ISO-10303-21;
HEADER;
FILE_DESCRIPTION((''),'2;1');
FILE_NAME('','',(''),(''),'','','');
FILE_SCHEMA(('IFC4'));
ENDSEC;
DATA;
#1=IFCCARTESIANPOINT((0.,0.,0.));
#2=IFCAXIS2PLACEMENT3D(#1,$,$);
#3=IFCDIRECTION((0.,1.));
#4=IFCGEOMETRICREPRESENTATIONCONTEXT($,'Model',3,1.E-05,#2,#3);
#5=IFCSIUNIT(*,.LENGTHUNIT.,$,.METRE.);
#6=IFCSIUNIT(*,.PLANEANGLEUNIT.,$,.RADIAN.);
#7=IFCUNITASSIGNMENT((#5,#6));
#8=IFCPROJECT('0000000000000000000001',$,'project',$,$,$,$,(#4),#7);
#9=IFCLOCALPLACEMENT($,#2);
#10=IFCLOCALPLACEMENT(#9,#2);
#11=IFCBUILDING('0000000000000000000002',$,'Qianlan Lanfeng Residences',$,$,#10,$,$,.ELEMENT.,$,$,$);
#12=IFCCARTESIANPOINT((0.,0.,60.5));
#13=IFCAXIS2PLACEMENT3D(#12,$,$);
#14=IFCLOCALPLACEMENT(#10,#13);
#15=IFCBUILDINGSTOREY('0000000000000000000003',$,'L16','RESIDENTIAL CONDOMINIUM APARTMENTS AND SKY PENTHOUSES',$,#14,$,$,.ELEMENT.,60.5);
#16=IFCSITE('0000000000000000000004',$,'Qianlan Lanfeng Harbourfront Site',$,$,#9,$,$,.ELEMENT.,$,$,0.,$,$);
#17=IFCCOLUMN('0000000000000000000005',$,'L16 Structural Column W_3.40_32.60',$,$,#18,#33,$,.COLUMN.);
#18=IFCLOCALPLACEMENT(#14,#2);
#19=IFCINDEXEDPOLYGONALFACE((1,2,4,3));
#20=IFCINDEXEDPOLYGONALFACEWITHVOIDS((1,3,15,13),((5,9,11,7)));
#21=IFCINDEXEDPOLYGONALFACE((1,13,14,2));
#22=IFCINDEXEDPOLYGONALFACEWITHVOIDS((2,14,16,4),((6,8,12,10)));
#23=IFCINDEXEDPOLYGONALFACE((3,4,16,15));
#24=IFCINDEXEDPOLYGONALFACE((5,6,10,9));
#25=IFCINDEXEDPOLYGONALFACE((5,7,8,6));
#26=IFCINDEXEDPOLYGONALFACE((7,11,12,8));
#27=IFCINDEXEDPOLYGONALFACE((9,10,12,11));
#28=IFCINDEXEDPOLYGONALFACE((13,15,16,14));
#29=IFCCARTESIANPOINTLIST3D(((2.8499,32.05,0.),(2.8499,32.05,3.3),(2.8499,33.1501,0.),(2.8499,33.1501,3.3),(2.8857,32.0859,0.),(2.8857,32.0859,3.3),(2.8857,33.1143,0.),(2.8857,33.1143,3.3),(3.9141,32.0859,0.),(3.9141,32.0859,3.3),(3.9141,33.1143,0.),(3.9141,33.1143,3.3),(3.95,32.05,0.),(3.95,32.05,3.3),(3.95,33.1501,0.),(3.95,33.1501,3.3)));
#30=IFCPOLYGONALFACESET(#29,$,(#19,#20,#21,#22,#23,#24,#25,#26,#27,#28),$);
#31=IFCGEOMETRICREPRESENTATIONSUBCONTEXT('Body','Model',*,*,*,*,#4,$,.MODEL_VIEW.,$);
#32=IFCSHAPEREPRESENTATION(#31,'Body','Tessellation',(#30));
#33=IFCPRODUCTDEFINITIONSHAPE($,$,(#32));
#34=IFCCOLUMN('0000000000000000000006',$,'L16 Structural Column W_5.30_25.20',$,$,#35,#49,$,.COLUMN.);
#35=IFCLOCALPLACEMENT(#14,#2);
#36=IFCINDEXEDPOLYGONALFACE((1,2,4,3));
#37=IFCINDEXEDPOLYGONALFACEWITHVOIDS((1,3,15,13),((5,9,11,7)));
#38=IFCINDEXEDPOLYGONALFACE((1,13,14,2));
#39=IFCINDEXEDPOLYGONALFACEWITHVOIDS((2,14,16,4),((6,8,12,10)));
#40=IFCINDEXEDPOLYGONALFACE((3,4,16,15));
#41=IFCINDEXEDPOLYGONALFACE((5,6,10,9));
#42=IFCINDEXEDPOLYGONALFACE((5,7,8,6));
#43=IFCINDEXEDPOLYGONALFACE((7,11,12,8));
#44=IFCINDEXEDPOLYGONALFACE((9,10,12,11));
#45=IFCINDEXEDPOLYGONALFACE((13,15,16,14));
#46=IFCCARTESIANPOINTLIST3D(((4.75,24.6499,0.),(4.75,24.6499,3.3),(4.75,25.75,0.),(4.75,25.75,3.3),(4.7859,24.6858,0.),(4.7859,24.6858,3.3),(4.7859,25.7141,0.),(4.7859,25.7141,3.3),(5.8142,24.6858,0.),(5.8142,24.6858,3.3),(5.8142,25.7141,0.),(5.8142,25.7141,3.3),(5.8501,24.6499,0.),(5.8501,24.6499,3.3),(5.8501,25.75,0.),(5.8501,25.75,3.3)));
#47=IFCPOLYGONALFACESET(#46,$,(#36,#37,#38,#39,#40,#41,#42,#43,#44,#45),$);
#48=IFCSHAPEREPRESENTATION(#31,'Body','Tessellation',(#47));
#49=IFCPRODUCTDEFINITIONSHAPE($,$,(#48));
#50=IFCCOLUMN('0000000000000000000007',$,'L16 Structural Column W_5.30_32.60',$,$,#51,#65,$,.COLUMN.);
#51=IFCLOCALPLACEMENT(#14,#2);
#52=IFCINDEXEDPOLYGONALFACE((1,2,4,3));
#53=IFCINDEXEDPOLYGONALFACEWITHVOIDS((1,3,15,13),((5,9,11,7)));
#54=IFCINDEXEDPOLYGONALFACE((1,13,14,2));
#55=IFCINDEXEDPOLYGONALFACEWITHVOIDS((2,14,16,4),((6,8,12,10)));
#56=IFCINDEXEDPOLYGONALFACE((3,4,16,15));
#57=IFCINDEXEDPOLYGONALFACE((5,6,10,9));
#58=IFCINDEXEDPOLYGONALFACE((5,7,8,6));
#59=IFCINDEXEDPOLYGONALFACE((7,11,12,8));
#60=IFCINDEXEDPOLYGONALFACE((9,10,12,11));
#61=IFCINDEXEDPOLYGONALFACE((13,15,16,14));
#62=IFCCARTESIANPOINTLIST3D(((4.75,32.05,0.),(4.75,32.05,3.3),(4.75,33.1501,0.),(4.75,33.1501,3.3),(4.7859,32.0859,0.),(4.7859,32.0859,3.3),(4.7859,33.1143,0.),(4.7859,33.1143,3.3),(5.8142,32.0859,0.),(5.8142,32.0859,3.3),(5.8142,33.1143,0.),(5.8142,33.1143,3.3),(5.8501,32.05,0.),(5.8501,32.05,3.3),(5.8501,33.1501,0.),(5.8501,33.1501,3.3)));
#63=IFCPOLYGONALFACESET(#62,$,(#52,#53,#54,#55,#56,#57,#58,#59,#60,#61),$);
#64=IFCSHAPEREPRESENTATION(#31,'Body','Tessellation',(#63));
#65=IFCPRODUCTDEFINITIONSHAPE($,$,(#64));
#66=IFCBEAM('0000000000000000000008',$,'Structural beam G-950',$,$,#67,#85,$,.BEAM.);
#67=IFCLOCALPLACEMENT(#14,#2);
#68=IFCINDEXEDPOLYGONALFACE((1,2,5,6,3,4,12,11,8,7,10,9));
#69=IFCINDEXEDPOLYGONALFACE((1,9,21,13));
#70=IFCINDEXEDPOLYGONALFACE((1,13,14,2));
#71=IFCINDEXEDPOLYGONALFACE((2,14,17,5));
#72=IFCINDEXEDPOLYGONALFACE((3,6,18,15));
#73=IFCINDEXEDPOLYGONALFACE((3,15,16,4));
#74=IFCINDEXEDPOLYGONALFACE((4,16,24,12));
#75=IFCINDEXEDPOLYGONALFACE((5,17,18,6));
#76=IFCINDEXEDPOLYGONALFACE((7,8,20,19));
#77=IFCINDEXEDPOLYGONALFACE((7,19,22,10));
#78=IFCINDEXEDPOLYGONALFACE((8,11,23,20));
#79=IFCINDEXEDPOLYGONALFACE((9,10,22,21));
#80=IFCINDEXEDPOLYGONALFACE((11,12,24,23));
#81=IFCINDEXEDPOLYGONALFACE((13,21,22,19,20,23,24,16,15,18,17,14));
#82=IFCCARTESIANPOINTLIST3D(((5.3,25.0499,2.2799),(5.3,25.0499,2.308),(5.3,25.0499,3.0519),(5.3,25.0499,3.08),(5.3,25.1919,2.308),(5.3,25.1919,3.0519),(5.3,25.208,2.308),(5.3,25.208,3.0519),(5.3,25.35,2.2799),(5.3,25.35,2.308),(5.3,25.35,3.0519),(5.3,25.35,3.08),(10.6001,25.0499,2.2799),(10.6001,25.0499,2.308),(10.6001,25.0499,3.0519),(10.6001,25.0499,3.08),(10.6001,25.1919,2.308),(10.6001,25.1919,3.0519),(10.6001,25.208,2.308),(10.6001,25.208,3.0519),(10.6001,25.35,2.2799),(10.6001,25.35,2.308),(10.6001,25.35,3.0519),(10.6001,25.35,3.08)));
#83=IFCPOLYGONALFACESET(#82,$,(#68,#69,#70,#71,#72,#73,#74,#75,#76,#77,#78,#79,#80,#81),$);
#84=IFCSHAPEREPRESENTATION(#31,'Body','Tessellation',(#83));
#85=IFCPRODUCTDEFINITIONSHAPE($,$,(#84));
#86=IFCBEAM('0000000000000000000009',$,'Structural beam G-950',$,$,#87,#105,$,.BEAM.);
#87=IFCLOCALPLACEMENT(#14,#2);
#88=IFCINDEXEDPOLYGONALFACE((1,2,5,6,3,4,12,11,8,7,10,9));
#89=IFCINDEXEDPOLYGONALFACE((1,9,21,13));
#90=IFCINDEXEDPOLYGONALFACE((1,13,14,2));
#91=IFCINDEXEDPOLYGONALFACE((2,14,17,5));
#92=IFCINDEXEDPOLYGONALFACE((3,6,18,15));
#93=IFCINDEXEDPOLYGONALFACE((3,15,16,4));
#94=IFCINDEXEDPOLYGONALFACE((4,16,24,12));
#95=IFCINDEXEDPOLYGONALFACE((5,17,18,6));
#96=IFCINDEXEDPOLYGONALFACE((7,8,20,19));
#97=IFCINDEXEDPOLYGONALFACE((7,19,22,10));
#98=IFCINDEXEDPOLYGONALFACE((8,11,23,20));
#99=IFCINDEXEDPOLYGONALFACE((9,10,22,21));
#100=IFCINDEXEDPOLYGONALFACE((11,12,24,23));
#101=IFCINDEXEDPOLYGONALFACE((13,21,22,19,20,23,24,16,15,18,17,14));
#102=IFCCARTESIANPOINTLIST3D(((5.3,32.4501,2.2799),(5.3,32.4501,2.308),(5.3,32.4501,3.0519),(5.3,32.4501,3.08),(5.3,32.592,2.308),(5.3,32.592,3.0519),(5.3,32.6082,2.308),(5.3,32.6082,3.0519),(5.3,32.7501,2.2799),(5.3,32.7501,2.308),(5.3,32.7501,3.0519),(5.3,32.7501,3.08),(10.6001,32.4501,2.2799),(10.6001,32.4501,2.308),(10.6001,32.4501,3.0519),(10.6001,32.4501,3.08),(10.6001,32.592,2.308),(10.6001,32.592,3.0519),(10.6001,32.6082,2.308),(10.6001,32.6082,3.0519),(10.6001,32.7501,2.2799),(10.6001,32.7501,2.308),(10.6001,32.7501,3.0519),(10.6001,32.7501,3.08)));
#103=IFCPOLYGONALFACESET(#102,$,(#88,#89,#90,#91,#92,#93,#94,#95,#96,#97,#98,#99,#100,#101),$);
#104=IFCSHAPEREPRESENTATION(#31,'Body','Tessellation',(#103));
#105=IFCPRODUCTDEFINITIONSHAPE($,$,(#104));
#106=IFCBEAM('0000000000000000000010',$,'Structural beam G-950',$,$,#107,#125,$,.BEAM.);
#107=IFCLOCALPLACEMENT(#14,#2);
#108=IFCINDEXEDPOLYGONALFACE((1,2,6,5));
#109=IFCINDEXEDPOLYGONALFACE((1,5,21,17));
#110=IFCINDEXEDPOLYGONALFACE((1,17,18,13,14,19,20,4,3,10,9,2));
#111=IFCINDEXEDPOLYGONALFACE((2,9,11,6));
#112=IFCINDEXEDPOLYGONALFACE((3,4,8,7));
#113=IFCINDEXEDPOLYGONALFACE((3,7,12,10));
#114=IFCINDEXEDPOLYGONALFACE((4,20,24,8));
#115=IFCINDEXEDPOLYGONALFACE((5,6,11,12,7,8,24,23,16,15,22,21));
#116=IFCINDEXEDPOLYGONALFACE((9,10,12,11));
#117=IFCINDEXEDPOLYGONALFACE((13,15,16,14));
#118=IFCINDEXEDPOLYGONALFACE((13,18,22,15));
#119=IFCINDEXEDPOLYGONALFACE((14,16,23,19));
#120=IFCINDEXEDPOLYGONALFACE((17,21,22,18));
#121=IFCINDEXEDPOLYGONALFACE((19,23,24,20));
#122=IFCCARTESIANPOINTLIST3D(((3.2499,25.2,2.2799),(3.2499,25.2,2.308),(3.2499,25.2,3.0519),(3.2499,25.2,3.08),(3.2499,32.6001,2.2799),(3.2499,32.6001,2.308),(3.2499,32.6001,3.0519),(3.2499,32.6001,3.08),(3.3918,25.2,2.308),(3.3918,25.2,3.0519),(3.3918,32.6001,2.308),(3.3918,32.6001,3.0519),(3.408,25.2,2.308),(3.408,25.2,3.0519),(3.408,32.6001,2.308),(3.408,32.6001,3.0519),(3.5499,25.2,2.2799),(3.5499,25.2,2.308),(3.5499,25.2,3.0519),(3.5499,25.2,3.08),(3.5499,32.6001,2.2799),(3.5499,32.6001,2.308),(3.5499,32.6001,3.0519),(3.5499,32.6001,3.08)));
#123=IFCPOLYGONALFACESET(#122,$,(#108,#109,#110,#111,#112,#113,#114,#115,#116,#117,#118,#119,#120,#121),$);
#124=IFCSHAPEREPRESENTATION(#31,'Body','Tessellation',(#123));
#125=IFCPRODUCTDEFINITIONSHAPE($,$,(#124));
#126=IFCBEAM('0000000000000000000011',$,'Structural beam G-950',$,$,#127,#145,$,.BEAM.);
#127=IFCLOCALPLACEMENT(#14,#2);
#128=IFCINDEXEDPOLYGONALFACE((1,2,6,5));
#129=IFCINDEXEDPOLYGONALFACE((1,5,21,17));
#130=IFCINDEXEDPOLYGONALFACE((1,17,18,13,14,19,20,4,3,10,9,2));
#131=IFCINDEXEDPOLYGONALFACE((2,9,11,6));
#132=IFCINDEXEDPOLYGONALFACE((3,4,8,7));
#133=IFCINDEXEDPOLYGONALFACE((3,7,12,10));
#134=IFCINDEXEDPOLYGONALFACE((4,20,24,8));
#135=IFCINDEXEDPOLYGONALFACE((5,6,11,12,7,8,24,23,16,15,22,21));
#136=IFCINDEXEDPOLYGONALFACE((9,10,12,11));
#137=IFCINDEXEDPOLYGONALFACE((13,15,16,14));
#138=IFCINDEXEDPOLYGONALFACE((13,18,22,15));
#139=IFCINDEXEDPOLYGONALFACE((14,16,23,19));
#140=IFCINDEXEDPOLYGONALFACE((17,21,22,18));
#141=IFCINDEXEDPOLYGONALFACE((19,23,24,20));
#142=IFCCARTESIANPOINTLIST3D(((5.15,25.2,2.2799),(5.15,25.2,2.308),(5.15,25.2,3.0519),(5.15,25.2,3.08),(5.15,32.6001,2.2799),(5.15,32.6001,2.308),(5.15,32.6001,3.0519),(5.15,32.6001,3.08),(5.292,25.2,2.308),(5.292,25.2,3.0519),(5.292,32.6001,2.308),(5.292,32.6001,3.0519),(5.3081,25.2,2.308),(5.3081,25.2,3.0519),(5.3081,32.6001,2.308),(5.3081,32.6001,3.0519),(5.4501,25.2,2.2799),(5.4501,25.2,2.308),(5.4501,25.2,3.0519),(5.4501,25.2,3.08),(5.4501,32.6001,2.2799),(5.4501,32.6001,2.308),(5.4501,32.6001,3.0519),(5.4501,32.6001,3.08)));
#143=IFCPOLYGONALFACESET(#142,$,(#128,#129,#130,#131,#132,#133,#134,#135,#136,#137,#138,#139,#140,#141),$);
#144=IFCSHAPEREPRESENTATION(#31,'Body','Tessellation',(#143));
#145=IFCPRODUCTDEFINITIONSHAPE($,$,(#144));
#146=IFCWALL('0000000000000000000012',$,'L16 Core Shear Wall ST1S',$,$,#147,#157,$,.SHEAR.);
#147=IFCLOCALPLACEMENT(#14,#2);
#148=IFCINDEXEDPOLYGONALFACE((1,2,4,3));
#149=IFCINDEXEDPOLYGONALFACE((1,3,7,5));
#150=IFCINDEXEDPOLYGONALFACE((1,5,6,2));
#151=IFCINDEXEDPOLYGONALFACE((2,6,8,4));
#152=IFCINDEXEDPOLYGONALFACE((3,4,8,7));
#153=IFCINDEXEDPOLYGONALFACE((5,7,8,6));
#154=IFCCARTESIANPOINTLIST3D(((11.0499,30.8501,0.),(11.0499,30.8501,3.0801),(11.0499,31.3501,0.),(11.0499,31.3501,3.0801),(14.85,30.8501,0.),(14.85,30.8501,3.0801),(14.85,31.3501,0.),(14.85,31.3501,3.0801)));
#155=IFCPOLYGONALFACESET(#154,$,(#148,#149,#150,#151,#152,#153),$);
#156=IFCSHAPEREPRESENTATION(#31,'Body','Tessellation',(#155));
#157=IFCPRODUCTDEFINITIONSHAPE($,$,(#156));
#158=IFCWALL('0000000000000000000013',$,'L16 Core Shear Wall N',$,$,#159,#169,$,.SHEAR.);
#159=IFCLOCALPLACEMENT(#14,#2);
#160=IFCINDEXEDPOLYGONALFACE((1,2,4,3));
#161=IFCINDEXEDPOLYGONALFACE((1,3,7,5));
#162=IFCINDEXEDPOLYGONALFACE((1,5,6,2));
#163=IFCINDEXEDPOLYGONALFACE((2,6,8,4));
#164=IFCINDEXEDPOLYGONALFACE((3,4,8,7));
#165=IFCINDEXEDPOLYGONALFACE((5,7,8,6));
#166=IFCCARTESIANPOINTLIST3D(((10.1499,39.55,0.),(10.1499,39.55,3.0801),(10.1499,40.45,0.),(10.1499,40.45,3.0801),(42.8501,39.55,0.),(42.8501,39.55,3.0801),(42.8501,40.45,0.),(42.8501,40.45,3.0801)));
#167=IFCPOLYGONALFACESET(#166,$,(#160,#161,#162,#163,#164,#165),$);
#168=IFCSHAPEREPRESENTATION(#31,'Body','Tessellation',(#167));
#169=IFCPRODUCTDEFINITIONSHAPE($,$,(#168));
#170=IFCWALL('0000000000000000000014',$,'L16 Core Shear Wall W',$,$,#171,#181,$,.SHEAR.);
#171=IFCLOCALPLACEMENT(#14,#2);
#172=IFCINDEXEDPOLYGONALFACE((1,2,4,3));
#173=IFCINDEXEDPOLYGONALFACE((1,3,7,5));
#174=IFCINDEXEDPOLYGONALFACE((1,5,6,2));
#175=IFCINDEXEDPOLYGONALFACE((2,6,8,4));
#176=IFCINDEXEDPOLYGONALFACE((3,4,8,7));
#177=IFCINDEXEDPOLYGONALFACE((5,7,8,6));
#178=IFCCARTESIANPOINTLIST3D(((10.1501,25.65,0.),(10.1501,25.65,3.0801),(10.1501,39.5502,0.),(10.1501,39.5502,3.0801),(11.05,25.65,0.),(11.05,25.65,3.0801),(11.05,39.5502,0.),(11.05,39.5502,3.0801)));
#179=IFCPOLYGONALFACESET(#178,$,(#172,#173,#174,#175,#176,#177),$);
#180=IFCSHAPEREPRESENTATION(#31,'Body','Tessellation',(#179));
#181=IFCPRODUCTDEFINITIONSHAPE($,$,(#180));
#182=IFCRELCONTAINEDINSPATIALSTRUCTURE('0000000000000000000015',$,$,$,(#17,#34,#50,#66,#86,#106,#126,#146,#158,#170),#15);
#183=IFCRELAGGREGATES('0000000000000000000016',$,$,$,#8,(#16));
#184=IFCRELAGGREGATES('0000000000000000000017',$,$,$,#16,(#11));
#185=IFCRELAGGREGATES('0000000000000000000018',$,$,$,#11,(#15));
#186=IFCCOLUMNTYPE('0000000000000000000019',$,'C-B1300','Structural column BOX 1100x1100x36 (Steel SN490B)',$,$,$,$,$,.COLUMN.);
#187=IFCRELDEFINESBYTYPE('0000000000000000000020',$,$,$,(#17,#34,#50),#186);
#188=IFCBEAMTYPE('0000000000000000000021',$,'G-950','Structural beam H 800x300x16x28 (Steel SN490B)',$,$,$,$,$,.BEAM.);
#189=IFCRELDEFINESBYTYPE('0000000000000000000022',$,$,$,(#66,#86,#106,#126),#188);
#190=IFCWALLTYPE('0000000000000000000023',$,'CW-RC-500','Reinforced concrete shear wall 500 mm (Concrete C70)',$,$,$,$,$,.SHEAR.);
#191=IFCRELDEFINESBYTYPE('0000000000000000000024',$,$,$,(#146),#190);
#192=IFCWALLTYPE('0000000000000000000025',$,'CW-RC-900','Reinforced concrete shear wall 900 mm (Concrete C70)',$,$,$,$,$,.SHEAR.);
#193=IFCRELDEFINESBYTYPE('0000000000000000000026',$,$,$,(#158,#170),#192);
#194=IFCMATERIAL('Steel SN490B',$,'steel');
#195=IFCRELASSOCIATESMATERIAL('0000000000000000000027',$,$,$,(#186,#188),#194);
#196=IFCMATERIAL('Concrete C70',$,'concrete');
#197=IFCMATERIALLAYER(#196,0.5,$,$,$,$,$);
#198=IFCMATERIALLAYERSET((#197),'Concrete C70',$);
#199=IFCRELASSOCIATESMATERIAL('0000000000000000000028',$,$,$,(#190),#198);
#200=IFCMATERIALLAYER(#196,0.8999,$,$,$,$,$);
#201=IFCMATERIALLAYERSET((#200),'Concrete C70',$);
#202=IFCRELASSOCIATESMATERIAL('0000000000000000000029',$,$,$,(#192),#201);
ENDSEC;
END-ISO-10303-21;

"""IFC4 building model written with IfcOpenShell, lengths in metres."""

from ifc_helpers import new_model, si_unit, direction, frame, frame_2d, origin, origin_2d, place, context, subcontext, project, spatial, rectangle, hollow_rectangle, i_section, extrude, material, layer, layer_set, material_profile, profile_set, type_object, element, save


model = new_model("IFC4")

# Units and contexts
model_context = context("Model", 3, precision=1e-05, world=origin(), true_north=direction((0.0, 1.0)))
body_context = subcontext(model_context, "Body", "Model", "MODEL_VIEW")
ifc_project = project(units=[si_unit("LENGTHUNIT", "METRE"), si_unit("PLANEANGLEUNIT", "RADIAN")], contexts=[model_context])

# Site, building, storey
site_placement = place(None, origin())
site = spatial("IfcSite", under=ifc_project, at=site_placement, Name="Qianlan Lanfeng Harbourfront Site", CompositionType="ELEMENT", RefElevation=0.0)
building_placement = place(site_placement, origin())
building = spatial("IfcBuilding", under=site, at=building_placement, Name="Qianlan Lanfeng Residences", CompositionType="ELEMENT")
storey_placement = place(building_placement, frame((0.0, 0.0, 60.5)))
storey = spatial("IfcBuildingStorey", under=building, at=storey_placement, Name="L16", Description="RESIDENTIAL CONDOMINIUM APARTMENTS AND SKY PENTHOUSES", CompositionType="ELEMENT", Elevation=60.5)

# Columns
ifc_material_1 = material(Name="Steel SN490B", Category="steel")
ifc_material_profile_1 = material_profile(ifc_material_1, hollow_rectangle(XDim=1.1001, YDim=1.1001, WallThickness=0.0359, at=origin_2d()), Name="BOX 1100x1100x36")
ifc_profile_set_1 = profile_set([ifc_material_profile_1], Name="Steel SN490B")
column_type = type_object("IfcColumnType", Name="C-B1300", Description="Structural column BOX 1100x1100x36 (Steel SN490B)", PredefinedType="COLUMN", material=ifc_profile_set_1)
for number, where, z_axis, x_axis, name in (
    (1, (3.3999, 32.6001, 0.0), (0.0, 0.0, 1.0), (1.0, 0.0, 0.0), "L16 Structural Column W_3.40_32.60"),
    (2, (5.3, 25.2, 0.0), (0.0, 0.0, 1.0), (1.0, 0.0, 0.0), "L16 Structural Column W_5.30_25.20"),
    (3, (5.3, 32.6001, 0.0), (0.0, 0.0, 1.0), (1.0, 0.0, 0.0), "L16 Structural Column W_5.30_32.60"),
):
    element("IfcColumn", number, at=place(storey_placement, frame(where, z_axis=z_axis, x_axis=x_axis)), inside=storey, type_object=column_type, Name=name, PredefinedType="COLUMN", context=body_context, shape_type="SweptSolid", body=[
        extrude(hollow_rectangle(XDim=1.1001, YDim=1.1001, WallThickness=0.0359, at=origin_2d()), origin(), (0.0, 0.0, 1.0), 3.3),
    ])

# Beams
ifc_material_profile_2 = material_profile(ifc_material_1, i_section(OverallWidth=0.3, OverallDepth=0.8, WebThickness=0.0161, FlangeThickness=0.0281, at=origin_2d()), Name="H 800x300x16x28")
ifc_profile_set_2 = profile_set([ifc_material_profile_2], Name="Steel SN490B")
beam_type = type_object("IfcBeamType", Name="G-950", Description="Structural beam H 800x300x16x28 (Steel SN490B)", PredefinedType="BEAM", material=ifc_profile_set_2)
for number, where, z_axis, x_axis, name in (
    (4, (5.3, 25.2, 2.6799), (1.0, 0.0, 0.0), (0.0, 1.0, 0.0), "Structural beam G-950"),
    (5, (5.3, 32.6001, 2.6799), (1.0, 0.0, 0.0), (0.0, 1.0, 0.0), "Structural beam G-950"),
):
    element("IfcBeam", number, at=place(storey_placement, frame(where, z_axis=z_axis, x_axis=x_axis)), inside=storey, type_object=beam_type, Name=name, PredefinedType="BEAM", context=body_context, shape_type="SweptSolid", body=[
        extrude(i_section(OverallWidth=0.3, OverallDepth=0.8, WebThickness=0.0161, FlangeThickness=0.0281, at=origin_2d()), origin(), (0.0, 0.0, 1.0), 5.3),
    ])
for number, where, z_axis, x_axis, name in (
    (6, (3.3999, 25.2, 2.6799), (0.0, 1.0, 0.0), (-1.0, 0.0, 0.0), "Structural beam G-950"),
    (7, (5.3, 25.2, 2.6799), (0.0, 1.0, 0.0), (-1.0, 0.0, 0.0), "Structural beam G-950"),
):
    element("IfcBeam", number, at=place(storey_placement, frame(where, z_axis=z_axis, x_axis=x_axis)), inside=storey, type_object=beam_type, Name=name, PredefinedType="BEAM", context=body_context, shape_type="SweptSolid", body=[
        extrude(i_section(OverallWidth=0.3, OverallDepth=0.8, WebThickness=0.0161, FlangeThickness=0.0281, at=origin_2d()), origin(), (0.0, 0.0, 1.0), 7.4001),
    ])

# Walls
ifc_material_2 = material(Name="Concrete C70", Category="concrete")
ifc_layer_1 = layer(ifc_material_2, 0.5)
ifc_layer_set_1 = layer_set([ifc_layer_1], Name="Concrete C70")
wall_type_1 = type_object("IfcWallType", Name="CW-RC-500", Description="Reinforced concrete shear wall 500 mm (Concrete C70)", PredefinedType="SHEAR", material=ifc_layer_set_1)
wall_1_placement = place(storey_placement, frame((11.05, 31.1001, 0.0), z_axis=(0.0, 0.0, 1.0), x_axis=(1.0, 0.0, 0.0)))
element("IfcWall", 8, at=wall_1_placement, inside=storey, type_object=wall_type_1, Name="L16 Core Shear Wall ST1S", PredefinedType="SHEAR", context=body_context, shape_type="SweptSolid", body=[
    extrude(rectangle(XDim=3.8, YDim=0.5, at=frame_2d((1.8999, 0.0))), origin(), (0.0, 0.0, 1.0), 3.0801),
])
ifc_layer_2 = layer(ifc_material_2, 0.8999)
ifc_layer_set_2 = layer_set([ifc_layer_2], Name="Concrete C70")
wall_type_2 = type_object("IfcWallType", Name="CW-RC-900", Description="Reinforced concrete shear wall 900 mm (Concrete C70)", PredefinedType="SHEAR", material=ifc_layer_set_2)
wall_2_placement = place(storey_placement, frame((10.1499, 40.0, 0.0), z_axis=(0.0, 0.0, 1.0), x_axis=(1.0, 0.0, 0.0)))
element("IfcWall", 9, at=wall_2_placement, inside=storey, type_object=wall_type_2, Name="L16 Core Shear Wall N", PredefinedType="SHEAR", context=body_context, shape_type="SweptSolid", body=[
    extrude(rectangle(XDim=32.7002, YDim=0.8999, at=frame_2d((16.3501, 0.0))), origin(), (0.0, 0.0, 1.0), 3.0801),
])
wall_3_placement = place(storey_placement, frame((10.6001, 25.6499, 0.0), z_axis=(0.0, 0.0, 1.0), x_axis=(0.0, 1.0, 0.0)))
element("IfcWall", 10, at=wall_3_placement, inside=storey, type_object=wall_type_2, Name="L16 Core Shear Wall W", PredefinedType="SHEAR", context=body_context, shape_type="SweptSolid", body=[
    extrude(rectangle(XDim=13.9001, YDim=0.8999, at=frame_2d((6.9502, 0.0))), origin(), (0.0, 0.0, 1.0), 3.0801),
])

save(model, "model.ifc")
